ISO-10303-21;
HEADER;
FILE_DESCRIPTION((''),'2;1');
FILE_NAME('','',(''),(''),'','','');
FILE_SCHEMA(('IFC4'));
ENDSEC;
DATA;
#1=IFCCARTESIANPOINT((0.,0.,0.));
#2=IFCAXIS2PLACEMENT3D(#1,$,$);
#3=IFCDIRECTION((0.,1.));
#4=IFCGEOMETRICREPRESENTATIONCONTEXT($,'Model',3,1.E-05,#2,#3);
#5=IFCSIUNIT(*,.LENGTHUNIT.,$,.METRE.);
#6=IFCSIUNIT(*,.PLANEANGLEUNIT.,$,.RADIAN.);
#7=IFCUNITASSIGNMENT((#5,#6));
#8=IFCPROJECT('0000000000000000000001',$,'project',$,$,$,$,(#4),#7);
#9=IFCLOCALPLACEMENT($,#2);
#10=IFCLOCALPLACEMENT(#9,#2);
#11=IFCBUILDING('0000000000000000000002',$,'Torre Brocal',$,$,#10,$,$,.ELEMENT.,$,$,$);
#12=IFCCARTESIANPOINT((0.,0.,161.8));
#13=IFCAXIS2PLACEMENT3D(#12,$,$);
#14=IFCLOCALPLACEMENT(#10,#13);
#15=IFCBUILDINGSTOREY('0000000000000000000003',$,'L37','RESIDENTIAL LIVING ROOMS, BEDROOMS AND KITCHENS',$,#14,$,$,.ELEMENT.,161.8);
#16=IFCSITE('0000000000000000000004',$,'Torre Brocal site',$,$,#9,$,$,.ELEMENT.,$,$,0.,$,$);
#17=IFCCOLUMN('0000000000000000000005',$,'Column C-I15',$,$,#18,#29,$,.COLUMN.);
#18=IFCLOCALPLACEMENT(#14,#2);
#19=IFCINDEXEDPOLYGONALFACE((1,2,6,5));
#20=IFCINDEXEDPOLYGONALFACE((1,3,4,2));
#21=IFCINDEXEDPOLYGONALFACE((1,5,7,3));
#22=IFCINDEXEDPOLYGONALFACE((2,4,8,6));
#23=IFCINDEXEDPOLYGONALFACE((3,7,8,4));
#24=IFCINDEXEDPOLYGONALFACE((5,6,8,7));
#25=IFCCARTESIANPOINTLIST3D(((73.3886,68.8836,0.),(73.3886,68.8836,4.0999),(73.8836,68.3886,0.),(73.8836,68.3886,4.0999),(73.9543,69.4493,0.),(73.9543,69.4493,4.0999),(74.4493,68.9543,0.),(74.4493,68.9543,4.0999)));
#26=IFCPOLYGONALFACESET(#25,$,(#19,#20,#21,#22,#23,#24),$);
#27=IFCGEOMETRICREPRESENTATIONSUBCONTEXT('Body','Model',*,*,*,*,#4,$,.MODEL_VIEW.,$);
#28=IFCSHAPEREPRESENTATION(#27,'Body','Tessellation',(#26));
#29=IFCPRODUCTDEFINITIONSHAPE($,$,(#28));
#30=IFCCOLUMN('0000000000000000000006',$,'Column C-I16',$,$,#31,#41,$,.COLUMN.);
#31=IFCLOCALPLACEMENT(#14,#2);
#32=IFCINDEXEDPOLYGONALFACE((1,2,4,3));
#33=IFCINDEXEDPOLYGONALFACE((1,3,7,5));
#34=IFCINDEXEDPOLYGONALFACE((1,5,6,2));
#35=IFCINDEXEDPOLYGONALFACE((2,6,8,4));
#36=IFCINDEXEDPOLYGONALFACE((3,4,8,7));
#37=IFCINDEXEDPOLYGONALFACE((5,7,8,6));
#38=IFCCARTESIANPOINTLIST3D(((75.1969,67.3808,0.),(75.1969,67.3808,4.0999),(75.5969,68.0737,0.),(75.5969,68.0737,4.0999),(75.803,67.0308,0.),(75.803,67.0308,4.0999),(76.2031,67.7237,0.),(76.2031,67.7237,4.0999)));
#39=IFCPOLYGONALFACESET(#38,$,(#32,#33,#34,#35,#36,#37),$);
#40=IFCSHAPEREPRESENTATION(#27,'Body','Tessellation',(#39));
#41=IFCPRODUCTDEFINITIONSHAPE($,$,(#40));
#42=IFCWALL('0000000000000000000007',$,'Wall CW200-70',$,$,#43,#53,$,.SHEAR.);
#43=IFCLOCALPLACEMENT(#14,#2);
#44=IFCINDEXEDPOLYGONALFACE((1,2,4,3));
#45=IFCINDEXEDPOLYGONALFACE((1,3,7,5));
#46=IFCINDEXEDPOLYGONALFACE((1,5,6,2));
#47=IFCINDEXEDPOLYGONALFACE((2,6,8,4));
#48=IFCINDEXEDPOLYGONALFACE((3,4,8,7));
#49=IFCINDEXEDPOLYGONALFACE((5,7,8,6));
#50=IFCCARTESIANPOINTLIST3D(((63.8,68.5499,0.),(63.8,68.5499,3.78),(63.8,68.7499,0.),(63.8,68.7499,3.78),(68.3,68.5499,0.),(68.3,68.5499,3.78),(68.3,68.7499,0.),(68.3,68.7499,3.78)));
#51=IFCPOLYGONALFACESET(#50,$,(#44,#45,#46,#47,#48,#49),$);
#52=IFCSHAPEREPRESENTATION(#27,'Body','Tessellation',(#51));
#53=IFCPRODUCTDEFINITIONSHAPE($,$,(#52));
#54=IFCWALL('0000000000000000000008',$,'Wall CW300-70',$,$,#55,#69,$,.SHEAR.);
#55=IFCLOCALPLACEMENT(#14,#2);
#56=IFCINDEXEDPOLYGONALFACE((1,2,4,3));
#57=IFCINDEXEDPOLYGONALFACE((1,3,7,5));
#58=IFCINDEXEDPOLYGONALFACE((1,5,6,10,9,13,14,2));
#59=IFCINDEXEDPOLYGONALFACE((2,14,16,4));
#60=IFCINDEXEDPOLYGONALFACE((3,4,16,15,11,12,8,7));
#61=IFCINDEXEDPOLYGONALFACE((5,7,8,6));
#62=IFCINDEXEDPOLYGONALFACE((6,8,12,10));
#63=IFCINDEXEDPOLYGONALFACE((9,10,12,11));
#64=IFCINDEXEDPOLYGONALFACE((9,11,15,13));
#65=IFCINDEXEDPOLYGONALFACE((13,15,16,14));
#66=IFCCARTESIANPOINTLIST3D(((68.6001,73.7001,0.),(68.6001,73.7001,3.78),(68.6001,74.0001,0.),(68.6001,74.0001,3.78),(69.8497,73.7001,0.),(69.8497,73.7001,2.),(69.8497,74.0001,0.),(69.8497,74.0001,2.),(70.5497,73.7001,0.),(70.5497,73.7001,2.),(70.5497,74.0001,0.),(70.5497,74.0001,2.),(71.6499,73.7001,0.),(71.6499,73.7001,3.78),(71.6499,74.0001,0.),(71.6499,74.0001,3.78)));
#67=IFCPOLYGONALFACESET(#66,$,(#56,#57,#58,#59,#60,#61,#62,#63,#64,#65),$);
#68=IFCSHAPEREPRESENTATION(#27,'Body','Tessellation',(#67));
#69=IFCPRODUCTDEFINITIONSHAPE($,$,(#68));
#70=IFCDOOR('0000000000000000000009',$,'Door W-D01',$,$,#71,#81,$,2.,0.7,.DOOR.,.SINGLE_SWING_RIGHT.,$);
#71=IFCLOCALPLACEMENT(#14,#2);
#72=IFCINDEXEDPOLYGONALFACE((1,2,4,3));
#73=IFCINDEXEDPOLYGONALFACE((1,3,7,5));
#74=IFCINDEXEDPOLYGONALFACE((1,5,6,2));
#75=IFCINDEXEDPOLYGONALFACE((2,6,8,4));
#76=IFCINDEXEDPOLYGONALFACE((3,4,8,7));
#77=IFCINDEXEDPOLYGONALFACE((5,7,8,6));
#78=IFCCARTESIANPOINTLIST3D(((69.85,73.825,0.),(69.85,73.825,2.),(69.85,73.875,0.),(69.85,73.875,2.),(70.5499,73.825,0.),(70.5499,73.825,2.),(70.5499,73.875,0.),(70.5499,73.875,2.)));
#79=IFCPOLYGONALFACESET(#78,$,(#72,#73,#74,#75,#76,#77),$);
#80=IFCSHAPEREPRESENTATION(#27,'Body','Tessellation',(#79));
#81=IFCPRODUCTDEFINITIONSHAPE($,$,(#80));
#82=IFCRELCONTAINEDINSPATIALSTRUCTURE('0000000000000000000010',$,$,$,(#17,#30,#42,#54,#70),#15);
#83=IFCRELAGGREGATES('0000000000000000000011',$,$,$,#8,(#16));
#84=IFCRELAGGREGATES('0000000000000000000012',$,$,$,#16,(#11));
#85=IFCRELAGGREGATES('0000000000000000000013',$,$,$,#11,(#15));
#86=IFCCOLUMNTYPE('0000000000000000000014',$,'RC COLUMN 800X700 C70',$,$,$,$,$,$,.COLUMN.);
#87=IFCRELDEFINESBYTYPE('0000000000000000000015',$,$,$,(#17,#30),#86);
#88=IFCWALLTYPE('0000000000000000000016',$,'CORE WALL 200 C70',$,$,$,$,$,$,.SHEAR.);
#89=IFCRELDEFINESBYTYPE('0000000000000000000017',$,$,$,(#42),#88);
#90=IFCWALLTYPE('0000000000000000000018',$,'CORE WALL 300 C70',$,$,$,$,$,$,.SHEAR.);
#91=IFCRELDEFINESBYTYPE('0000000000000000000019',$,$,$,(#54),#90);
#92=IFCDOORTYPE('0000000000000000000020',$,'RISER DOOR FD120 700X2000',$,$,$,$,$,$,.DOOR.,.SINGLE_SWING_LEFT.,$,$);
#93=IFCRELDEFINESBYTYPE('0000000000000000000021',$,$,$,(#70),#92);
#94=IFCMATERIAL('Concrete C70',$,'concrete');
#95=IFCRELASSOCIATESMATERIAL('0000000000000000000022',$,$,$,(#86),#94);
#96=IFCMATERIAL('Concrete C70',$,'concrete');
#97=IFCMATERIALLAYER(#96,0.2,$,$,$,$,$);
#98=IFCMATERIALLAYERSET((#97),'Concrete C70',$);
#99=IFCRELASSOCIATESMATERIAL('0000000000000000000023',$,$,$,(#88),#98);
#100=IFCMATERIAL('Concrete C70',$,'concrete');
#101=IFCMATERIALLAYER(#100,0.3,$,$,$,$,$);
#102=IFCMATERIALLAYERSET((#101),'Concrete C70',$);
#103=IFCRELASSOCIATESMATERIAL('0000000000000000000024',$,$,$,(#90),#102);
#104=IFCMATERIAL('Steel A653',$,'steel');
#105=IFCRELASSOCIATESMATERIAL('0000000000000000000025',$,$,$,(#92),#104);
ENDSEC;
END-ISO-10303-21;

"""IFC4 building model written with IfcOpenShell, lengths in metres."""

from ifc_helpers import new_model, si_unit, direction, frame, frame_2d, origin, origin_2d, place, context, subcontext, project, spatial, rectangle, extrude, material, layer, layer_set, material_profile, profile_set, type_object, element, fill, save


model = new_model("IFC4")

# Units and contexts
model_context = context("Model", 3, precision=1e-05, world=origin(), true_north=direction((0.0, 1.0)))
body_context = subcontext(model_context, "Body", "Model", "MODEL_VIEW")
ifc_project = project(units=[si_unit("LENGTHUNIT", "METRE"), si_unit("PLANEANGLEUNIT", "RADIAN")], contexts=[model_context])

# Site, building, storey
site_placement = place(None, origin())
site = spatial("IfcSite", under=ifc_project, at=site_placement, Name="Torre Brocal site", CompositionType="ELEMENT", RefElevation=0.0)
building_placement = place(site_placement, origin())
building = spatial("IfcBuilding", under=site, at=building_placement, Name="Torre Brocal", CompositionType="ELEMENT")
storey_placement = place(building_placement, frame((0.0, 0.0, 161.8)))
storey = spatial("IfcBuildingStorey", under=building, at=storey_placement, Name="L37", Description="RESIDENTIAL LIVING ROOMS, BEDROOMS AND KITCHENS", CompositionType="ELEMENT", Elevation=161.8)

# Columns
ifc_material_1 = material(Name="Concrete C70", Category="concrete")
ifc_material_profile = material_profile(ifc_material_1, rectangle(XDim=0.8, YDim=0.7, at=origin_2d()), Name="RC 800X700")
ifc_profile_set = profile_set([ifc_material_profile], Name="Concrete C70")
column_type = type_object("IfcColumnType", Name="RC COLUMN 800X700 C70", PredefinedType="COLUMN", material=ifc_profile_set)
for number, where, z_axis, x_axis, name in (
    (1, (73.9189, 68.9189, 0.0), (0.0, 0.0, 1.0), (-0.707107, -0.707107, 0.0), "Column C-I15"),
    (2, (75.7, 67.5522, 0.0), (0.0, 0.0, 1.0), (-0.5, -0.866025, 0.0), "Column C-I16"),
):
    element("IfcColumn", number, at=place(storey_placement, frame(where, z_axis=z_axis, x_axis=x_axis)), inside=storey, type_object=column_type, Name=name, PredefinedType="COLUMN", context=body_context, shape_type="SweptSolid", body=[
        extrude(rectangle(XDim=0.8, YDim=0.7, at=origin_2d()), origin(), (0.0, 0.0, 1.0), 4.0999),
    ])

# Wall
ifc_material_2 = material(Name="Concrete C70", Category="concrete")
ifc_layer_1 = layer(ifc_material_2, 0.2)
ifc_layer_set_1 = layer_set([ifc_layer_1], Name="Concrete C70")
wall_type_1 = type_object("IfcWallType", Name="CORE WALL 200 C70", PredefinedType="SHEAR", material=ifc_layer_set_1)
wall_1_placement = place(storey_placement, frame((68.3, 68.6499, 0.0), z_axis=(0.0, 0.0, 1.0), x_axis=(-1.0, 0.0, 0.0)))
element("IfcWall", 3, at=wall_1_placement, inside=storey, type_object=wall_type_1, Name="Wall CW200-70", PredefinedType="SHEAR", context=body_context, shape_type="SweptSolid", body=[
    extrude(rectangle(XDim=4.5, YDim=0.2, at=frame_2d((2.25, 0.0))), origin(), (0.0, 0.0, 1.0), 3.78),
])

# Wall, opening, door
ifc_material_3 = material(Name="Concrete C70", Category="concrete")
ifc_layer_2 = layer(ifc_material_3, 0.3)
ifc_layer_set_2 = layer_set([ifc_layer_2], Name="Concrete C70")
wall_type_2 = type_object("IfcWallType", Name="CORE WALL 300 C70", PredefinedType="SHEAR", material=ifc_layer_set_2)
wall_2_placement = place(storey_placement, frame((71.6499, 73.8501, 0.0), z_axis=(0.0, 0.0, 1.0), x_axis=(-1.0, 0.0, 0.0)))
wall_2 = element("IfcWall", 4, at=wall_2_placement, inside=storey, type_object=wall_type_2, Name="Wall CW300-70", PredefinedType="SHEAR", context=body_context, shape_type="SweptSolid", body=[
    extrude(rectangle(XDim=3.0498, YDim=0.3, at=frame_2d((1.5249, 0.0))), origin(), (0.0, 0.0, 1.0), 3.78),
])
opening_1_placement = place(wall_2_placement, frame((1.1001, 0.0, 0.0)))
opening_1 = element("IfcOpeningElement", 5, at=opening_1_placement, cuts=wall_2, PredefinedType="OPENING", context=body_context, shape_type="SweptSolid", body=[
    extrude(rectangle(XDim=0.7, YDim=2.0, at=frame_2d((0.3501, 1.0))), frame((0.0, 0.1599, 0.0), z_axis=(0.0, -1.0, 0.0), x_axis=(1.0, 0.0, 0.0)), (0.0, 0.0, 1.0), 0.3201),
])
ifc_material_4 = material(Name="Steel A653", Category="steel")
door_type_1 = type_object("IfcDoorType", Name="RISER DOOR FD120 700X2000", OperationType="SINGLE_SWING_LEFT", PredefinedType="DOOR", material=ifc_material_4)
door_1_placement = place(opening_1_placement, frame((0.7, 0.0, 0.0), z_axis=(0.0, 0.0, 1.0), x_axis=(-1.0, 0.0, 0.0)))
door_1 = element("IfcDoor", 6, at=door_1_placement, inside=storey, type_object=door_type_1, Name="Door W-D01", OperationType="SINGLE_SWING_RIGHT", OverallHeight=2.0, OverallWidth=0.7, PredefinedType="DOOR", context=body_context, shape_type="SweptSolid", body=[
    extrude(rectangle(XDim=0.7, YDim=2.0, at=frame_2d((0.3501, 1.0))), frame((0.0, 0.0249, 0.0), z_axis=(0.0, -1.0, 0.0), x_axis=(1.0, 0.0, 0.0)), (0.0, 0.0, 1.0), 0.05),
])
fill(opening_1, door_1)

save(model, "model.ifc")
